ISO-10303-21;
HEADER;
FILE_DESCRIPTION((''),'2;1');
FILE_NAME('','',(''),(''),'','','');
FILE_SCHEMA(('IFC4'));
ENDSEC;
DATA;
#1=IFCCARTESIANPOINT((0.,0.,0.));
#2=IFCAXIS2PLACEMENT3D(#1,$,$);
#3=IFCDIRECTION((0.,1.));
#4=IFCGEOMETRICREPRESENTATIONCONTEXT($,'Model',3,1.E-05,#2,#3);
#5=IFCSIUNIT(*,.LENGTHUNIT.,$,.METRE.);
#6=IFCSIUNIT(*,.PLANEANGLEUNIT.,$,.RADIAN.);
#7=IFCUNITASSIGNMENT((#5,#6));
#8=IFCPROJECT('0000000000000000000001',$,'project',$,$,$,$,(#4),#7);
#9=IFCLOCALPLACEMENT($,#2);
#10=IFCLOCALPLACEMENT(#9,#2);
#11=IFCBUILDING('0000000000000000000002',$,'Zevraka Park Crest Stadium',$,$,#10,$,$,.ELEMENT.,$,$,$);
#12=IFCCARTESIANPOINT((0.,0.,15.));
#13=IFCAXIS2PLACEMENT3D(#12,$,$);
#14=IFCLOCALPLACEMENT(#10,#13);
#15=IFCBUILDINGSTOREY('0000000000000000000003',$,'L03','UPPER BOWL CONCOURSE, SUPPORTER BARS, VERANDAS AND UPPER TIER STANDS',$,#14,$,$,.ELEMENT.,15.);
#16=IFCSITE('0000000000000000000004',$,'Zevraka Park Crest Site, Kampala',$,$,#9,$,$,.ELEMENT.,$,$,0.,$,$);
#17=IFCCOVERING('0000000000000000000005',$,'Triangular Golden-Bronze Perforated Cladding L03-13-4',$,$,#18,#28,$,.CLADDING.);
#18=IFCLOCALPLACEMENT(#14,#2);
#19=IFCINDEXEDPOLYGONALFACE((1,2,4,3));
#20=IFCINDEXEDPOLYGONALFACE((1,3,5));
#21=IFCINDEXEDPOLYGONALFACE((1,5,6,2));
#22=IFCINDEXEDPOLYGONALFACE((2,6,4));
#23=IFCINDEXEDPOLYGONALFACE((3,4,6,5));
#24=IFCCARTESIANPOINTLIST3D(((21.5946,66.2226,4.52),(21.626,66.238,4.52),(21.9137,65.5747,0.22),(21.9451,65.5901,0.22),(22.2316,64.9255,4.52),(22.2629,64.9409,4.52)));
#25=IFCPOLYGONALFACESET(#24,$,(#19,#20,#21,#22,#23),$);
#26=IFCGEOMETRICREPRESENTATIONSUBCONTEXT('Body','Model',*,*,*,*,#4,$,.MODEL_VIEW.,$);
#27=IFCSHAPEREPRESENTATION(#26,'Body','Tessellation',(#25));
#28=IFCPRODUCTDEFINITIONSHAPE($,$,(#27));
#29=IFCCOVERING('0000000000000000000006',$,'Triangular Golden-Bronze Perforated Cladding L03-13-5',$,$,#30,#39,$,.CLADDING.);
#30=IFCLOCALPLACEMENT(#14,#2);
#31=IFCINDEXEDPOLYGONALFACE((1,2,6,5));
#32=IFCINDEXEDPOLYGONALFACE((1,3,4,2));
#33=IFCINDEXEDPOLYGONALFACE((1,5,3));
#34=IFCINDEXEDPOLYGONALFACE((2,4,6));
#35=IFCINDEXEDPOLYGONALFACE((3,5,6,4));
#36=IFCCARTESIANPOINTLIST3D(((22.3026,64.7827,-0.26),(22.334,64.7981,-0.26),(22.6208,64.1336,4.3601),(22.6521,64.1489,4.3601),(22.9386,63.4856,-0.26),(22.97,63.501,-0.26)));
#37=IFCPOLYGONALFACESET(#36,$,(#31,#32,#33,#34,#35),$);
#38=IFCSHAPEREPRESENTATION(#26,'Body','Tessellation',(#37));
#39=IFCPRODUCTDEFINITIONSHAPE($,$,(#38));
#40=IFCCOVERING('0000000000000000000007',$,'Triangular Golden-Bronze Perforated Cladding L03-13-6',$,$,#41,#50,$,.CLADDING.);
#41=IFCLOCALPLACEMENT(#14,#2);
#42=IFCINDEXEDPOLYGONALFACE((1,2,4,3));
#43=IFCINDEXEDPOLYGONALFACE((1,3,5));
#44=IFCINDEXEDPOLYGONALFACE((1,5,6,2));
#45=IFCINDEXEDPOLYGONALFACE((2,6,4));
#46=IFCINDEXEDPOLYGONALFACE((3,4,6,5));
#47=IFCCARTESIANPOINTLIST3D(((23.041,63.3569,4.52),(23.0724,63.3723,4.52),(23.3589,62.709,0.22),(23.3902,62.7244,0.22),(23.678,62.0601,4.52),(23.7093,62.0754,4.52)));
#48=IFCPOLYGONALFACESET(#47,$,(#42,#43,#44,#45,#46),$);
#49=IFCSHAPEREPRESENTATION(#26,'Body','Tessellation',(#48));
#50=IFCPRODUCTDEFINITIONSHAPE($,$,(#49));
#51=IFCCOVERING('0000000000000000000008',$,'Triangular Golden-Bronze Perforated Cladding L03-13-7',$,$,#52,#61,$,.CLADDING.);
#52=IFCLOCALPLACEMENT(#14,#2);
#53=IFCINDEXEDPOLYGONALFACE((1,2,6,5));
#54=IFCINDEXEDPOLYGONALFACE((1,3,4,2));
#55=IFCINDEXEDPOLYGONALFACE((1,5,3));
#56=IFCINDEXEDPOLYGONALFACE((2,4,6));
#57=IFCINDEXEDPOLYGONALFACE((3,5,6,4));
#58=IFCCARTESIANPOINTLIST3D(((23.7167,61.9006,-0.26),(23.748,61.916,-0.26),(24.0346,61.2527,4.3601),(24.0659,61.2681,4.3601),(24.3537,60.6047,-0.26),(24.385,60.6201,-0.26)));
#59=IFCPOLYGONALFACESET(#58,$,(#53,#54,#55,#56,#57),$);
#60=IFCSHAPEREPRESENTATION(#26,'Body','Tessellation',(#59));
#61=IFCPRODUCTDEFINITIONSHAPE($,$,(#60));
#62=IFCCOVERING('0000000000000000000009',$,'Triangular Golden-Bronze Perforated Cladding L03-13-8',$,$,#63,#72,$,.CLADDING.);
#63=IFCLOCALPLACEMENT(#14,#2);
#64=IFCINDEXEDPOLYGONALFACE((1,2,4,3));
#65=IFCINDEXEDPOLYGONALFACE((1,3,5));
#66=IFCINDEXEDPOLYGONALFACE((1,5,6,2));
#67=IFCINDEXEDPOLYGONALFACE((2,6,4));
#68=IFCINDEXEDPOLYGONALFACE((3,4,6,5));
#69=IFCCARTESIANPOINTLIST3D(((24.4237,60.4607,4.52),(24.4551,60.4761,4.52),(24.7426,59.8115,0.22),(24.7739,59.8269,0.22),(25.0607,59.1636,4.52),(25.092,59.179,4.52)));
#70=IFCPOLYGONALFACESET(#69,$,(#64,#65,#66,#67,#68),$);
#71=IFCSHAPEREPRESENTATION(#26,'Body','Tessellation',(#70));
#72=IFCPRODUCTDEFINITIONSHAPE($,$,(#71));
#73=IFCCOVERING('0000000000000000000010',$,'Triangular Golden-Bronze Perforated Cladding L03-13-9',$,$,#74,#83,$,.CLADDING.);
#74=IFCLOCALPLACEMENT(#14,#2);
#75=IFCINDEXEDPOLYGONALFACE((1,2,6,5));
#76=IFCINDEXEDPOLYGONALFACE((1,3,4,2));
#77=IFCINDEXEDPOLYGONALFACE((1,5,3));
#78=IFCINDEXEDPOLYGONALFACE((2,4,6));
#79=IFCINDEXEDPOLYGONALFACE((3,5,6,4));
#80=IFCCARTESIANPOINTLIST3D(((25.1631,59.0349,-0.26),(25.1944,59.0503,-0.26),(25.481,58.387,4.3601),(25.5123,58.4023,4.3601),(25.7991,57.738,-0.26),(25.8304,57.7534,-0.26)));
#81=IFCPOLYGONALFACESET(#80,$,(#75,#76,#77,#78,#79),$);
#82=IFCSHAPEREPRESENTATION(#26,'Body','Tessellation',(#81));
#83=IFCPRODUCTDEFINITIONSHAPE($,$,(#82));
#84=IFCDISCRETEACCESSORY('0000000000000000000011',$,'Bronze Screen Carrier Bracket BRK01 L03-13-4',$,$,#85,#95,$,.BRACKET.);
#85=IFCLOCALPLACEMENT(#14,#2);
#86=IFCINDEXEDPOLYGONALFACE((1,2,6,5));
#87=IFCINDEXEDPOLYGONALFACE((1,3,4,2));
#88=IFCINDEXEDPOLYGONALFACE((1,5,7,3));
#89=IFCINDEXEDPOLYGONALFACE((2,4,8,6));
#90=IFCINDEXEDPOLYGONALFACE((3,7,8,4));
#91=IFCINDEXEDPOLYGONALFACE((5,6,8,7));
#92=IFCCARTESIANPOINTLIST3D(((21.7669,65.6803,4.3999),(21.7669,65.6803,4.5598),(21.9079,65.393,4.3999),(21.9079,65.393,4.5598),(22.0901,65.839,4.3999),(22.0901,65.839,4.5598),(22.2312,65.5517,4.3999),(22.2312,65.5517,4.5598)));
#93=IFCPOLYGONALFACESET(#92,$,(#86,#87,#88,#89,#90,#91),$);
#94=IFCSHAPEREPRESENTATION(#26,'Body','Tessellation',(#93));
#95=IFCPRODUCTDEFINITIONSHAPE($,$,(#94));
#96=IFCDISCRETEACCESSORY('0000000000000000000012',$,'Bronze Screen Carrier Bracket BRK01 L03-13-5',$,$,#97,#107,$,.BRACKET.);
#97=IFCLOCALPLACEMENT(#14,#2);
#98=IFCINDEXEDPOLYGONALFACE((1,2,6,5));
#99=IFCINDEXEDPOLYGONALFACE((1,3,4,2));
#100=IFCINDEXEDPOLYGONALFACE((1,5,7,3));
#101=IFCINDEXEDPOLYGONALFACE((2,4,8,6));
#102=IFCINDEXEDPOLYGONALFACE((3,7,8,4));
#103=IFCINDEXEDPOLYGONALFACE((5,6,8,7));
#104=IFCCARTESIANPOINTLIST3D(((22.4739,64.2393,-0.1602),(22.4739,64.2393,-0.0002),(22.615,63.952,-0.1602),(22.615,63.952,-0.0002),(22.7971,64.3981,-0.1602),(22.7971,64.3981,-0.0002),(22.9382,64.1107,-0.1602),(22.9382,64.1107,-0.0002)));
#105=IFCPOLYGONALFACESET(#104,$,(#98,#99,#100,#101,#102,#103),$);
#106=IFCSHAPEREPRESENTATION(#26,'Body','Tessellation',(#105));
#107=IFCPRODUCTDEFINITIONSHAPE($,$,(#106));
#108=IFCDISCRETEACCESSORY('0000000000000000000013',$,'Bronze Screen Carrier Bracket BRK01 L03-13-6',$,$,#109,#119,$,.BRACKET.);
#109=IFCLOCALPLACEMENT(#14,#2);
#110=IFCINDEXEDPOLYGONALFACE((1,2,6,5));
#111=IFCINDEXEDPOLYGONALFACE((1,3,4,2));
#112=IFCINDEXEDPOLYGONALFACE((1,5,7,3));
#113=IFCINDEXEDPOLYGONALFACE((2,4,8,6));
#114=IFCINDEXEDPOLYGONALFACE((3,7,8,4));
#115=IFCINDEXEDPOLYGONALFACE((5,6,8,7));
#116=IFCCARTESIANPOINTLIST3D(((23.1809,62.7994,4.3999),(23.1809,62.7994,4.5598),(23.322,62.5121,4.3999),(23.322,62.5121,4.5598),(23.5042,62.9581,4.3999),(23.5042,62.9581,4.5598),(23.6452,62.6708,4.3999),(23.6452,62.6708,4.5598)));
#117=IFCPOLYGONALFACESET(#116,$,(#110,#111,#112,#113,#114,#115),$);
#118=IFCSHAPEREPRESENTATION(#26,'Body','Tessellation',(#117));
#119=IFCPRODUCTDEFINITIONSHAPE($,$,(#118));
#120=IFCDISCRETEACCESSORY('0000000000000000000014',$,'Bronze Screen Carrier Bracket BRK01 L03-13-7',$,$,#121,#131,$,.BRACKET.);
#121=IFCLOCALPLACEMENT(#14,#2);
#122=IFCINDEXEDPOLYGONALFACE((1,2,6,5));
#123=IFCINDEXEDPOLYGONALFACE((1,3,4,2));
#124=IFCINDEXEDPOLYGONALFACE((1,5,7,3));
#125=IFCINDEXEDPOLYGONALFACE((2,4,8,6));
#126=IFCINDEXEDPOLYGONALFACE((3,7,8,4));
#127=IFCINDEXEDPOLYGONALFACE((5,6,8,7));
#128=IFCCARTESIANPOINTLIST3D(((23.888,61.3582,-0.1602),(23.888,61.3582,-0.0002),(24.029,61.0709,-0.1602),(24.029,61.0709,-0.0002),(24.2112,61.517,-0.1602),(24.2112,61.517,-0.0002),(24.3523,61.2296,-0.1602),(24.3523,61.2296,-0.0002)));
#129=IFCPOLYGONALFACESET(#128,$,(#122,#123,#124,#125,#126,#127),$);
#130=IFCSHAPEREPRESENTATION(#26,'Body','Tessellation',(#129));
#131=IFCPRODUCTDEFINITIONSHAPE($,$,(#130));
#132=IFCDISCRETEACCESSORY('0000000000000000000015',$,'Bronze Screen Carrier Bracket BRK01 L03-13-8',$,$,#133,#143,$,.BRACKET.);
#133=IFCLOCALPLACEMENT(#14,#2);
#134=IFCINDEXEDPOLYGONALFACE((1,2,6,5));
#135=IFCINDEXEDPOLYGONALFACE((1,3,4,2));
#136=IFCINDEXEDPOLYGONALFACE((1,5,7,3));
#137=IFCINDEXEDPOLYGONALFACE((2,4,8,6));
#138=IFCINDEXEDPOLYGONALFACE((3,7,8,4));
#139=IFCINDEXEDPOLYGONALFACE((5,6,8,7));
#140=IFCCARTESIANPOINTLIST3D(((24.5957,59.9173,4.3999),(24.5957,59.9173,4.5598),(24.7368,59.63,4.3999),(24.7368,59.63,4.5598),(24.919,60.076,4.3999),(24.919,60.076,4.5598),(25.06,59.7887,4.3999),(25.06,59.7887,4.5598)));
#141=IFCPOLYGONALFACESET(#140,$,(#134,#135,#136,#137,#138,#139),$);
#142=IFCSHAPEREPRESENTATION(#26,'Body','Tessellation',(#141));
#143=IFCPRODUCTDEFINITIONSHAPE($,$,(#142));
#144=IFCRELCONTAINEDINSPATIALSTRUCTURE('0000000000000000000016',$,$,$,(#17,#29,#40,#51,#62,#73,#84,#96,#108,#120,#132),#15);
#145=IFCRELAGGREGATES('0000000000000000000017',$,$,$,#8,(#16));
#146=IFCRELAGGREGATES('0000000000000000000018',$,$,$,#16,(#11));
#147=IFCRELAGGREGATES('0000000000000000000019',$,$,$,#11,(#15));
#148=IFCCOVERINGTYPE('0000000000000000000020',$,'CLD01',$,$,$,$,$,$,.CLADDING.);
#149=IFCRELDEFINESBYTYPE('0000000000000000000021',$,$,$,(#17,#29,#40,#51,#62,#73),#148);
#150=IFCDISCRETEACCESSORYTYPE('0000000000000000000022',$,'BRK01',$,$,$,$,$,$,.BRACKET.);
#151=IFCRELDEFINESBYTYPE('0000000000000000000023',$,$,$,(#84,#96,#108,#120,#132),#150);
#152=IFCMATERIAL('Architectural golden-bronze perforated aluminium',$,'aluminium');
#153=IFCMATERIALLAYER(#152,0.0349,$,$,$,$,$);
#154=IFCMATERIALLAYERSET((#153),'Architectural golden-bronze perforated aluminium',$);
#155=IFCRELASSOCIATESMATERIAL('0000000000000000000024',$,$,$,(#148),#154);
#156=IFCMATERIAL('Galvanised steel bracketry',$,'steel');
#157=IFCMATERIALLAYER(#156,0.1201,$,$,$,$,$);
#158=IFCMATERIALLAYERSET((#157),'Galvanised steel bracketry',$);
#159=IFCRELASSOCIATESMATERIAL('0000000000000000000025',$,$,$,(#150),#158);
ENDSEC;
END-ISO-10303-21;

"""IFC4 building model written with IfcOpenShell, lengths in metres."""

from ifc_helpers import new_model, si_unit, direction, frame, origin, origin_2d, place, context, subcontext, project, spatial, polyline, rectangle, outline, extrude, material, layer, layer_set, type_object, element, save


model = new_model("IFC4")

# Units and contexts
model_context = context("Model", 3, precision=1e-05, world=origin(), true_north=direction((0.0, 1.0)))
body_context = subcontext(model_context, "Body", "Model", "MODEL_VIEW")
ifc_project = project(units=[si_unit("LENGTHUNIT", "METRE"), si_unit("PLANEANGLEUNIT", "RADIAN")], contexts=[model_context])

# Site, building, storey
site_placement = place(None, origin())
site = spatial("IfcSite", under=ifc_project, at=site_placement, Name="Zevraka Park Crest Site, Kampala", CompositionType="ELEMENT", RefElevation=0.0)
building_placement = place(site_placement, origin())
building = spatial("IfcBuilding", under=site, at=building_placement, Name="Zevraka Park Crest Stadium", CompositionType="ELEMENT")
storey_placement = place(building_placement, frame((0.0, 0.0, 15.0)))
storey = spatial("IfcBuildingStorey", under=building, at=storey_placement, Name="L03", Description="UPPER BOWL CONCOURSE, SUPPORTER BARS, VERANDAS AND UPPER TIER STANDS", CompositionType="ELEMENT", Elevation=15.0)

# Coverings
ifc_material_1 = material(Name="Architectural golden-bronze perforated aluminium", Category="aluminium")
ifc_layer_1 = layer(ifc_material_1, 0.0349)
ifc_layer_set_1 = layer_set([ifc_layer_1], Name="Architectural golden-bronze perforated aluminium")
covering_type = type_object("IfcCoveringType", Name="CLD01", PredefinedType="CLADDING", material=ifc_layer_set_1)
covering_1_placement = place(storey_placement, frame((22.2629, 64.9409, 4.52), z_axis=(0.897614, 0.440782, 0.00019), x_axis=(-0.440782, 0.897614, 0.0)))
element("IfcCovering", 1, at=covering_1_placement, inside=storey, type_object=covering_type, Name="Triangular Golden-Bronze Perforated Cladding L03-13-4", PredefinedType="CLADDING", context=body_context, shape_type="SweptSolid", body=[
    extrude(outline(polyline([(0.0, 0.0), (1.4451, 0.0), (0.7228, -4.3), (0.0, 0.0)])), origin(), (0.0, 0.0, -1.0), 0.0349),
])
covering_2_placement = place(storey_placement, frame((22.334, 64.7981, -0.26), z_axis=(0.897881, 0.440237, 0.000034), x_axis=(0.440237, -0.897881, 0.0)))
element("IfcCovering", 2, at=covering_2_placement, inside=storey, type_object=covering_type, Name="Triangular Golden-Bronze Perforated Cladding L03-13-5", PredefinedType="CLADDING", context=body_context, shape_type="SweptSolid", body=[
    extrude(outline(polyline([(0.0, 0.0), (1.4446, 0.0), (0.7229, -4.6201), (0.0, 0.0)])), origin(), (0.0, 0.0, -1.0), 0.0349),
])
covering_3_placement = place(storey_placement, frame((23.678, 62.0601, 4.52), z_axis=(-0.897581, -0.440849, 0.000077), x_axis=(-0.440849, 0.897581, 0.0)))
element("IfcCovering", 3, at=covering_3_placement, inside=storey, type_object=covering_type, Name="Triangular Golden-Bronze Perforated Cladding L03-13-6", PredefinedType="CLADDING", context=body_context, shape_type="SweptSolid", body=[
    extrude(outline(polyline([(0.0, 0.0), (1.4449, 0.0), (0.7231, 4.3), (0.0, 0.0)])), origin(), (0.0, 0.0, -1.0), 0.0349),
])
covering_4_placement = place(storey_placement, frame((23.748, 61.916, -0.26), z_axis=(0.89745, 0.441117, 0.000119), x_axis=(0.441117, -0.89745, 0.0)))
element("IfcCovering", 4, at=covering_4_placement, inside=storey, type_object=covering_type, Name="Triangular Golden-Bronze Perforated Cladding L03-13-7", PredefinedType="CLADDING", context=body_context, shape_type="SweptSolid", body=[
    extrude(outline(polyline([(0.0, 0.0), (1.444, 0.0), (0.7217, -4.6201), (0.0, 0.0)])), origin(), (0.0, 0.0, -1.0), 0.0349),
])
covering_5_placement = place(storey_placement, frame((25.092, 59.179, 4.52), z_axis=(0.897614, 0.440782, 0.000014), x_axis=(-0.440782, 0.897614, 0.0)))
element("IfcCovering", 5, at=covering_5_placement, inside=storey, type_object=covering_type, Name="Triangular Golden-Bronze Perforated Cladding L03-13-8", PredefinedType="CLADDING", context=body_context, shape_type="SweptSolid", body=[
    extrude(outline(polyline([(0.0, 0.0), (1.4451, 0.0), (0.7218, -4.3), (0.0, 0.0)])), origin(), (0.0, 0.0, -1.0), 0.0349),
])
covering_6_placement = place(storey_placement, frame((25.1631, 59.0349, -0.26), z_axis=(-0.897849, -0.440304, 0.000023), x_axis=(0.440304, -0.897849, 0.0)))
element("IfcCovering", 6, at=covering_6_placement, inside=storey, type_object=covering_type, Name="Triangular Golden-Bronze Perforated Cladding L03-13-9", PredefinedType="CLADDING", context=body_context, shape_type="SweptSolid", body=[
    extrude(outline(polyline([(0.0, 0.0), (1.4444, 0.0), (0.7217, 4.6201), (0.0, 0.0)])), origin(), (0.0, 0.0, -1.0), 0.0349),
])

# Discrete accessories
ifc_material_2 = material(Name="Galvanised steel bracketry", Category="steel")
ifc_layer_2 = layer(ifc_material_2, 0.1201)
ifc_layer_set_2 = layer_set([ifc_layer_2], Name="Galvanised steel bracketry")
discrete_accessory_type = type_object("IfcDiscreteAccessoryType", Name="BRK01", PredefinedType="BRACKET", material=ifc_layer_set_2)
for number, where, z_axis, x_axis, name in (
    (7, (21.999, 65.616, 4.3999), (0.0, 0.0, 1.0), (0.440723, -0.897643, 0.0), "Bronze Screen Carrier Bracket BRK01 L03-13-4"),
    (8, (22.7061, 64.175, -0.1602), (0.0, 0.0, 1.0), (0.440723, -0.897643, 0.0), "Bronze Screen Carrier Bracket BRK01 L03-13-5"),
    (9, (23.4131, 62.7351, 4.3999), (0.0, 0.0, 1.0), (0.440723, -0.897643, 0.0), "Bronze Screen Carrier Bracket BRK01 L03-13-6"),
    (10, (24.1201, 61.2939, -0.1602), (0.0, 0.0, 1.0), (0.440723, -0.897643, 0.0), "Bronze Screen Carrier Bracket BRK01 L03-13-7"),
    (11, (24.8279, 59.853, 4.3999), (0.0, 0.0, 1.0), (0.440723, -0.897643, 0.0), "Bronze Screen Carrier Bracket BRK01 L03-13-8"),
):
    element("IfcDiscreteAccessory", number, at=place(storey_placement, frame(where, z_axis=z_axis, x_axis=x_axis)), inside=storey, type_object=discrete_accessory_type, Name=name, PredefinedType="BRACKET", context=body_context, shape_type="SweptSolid", body=[
        extrude(rectangle(XDim=0.3201, YDim=0.3601, at=origin_2d()), origin(), (0.0, 0.0, 1.0), 0.1599),
    ])

save(model, "model.ifc")
